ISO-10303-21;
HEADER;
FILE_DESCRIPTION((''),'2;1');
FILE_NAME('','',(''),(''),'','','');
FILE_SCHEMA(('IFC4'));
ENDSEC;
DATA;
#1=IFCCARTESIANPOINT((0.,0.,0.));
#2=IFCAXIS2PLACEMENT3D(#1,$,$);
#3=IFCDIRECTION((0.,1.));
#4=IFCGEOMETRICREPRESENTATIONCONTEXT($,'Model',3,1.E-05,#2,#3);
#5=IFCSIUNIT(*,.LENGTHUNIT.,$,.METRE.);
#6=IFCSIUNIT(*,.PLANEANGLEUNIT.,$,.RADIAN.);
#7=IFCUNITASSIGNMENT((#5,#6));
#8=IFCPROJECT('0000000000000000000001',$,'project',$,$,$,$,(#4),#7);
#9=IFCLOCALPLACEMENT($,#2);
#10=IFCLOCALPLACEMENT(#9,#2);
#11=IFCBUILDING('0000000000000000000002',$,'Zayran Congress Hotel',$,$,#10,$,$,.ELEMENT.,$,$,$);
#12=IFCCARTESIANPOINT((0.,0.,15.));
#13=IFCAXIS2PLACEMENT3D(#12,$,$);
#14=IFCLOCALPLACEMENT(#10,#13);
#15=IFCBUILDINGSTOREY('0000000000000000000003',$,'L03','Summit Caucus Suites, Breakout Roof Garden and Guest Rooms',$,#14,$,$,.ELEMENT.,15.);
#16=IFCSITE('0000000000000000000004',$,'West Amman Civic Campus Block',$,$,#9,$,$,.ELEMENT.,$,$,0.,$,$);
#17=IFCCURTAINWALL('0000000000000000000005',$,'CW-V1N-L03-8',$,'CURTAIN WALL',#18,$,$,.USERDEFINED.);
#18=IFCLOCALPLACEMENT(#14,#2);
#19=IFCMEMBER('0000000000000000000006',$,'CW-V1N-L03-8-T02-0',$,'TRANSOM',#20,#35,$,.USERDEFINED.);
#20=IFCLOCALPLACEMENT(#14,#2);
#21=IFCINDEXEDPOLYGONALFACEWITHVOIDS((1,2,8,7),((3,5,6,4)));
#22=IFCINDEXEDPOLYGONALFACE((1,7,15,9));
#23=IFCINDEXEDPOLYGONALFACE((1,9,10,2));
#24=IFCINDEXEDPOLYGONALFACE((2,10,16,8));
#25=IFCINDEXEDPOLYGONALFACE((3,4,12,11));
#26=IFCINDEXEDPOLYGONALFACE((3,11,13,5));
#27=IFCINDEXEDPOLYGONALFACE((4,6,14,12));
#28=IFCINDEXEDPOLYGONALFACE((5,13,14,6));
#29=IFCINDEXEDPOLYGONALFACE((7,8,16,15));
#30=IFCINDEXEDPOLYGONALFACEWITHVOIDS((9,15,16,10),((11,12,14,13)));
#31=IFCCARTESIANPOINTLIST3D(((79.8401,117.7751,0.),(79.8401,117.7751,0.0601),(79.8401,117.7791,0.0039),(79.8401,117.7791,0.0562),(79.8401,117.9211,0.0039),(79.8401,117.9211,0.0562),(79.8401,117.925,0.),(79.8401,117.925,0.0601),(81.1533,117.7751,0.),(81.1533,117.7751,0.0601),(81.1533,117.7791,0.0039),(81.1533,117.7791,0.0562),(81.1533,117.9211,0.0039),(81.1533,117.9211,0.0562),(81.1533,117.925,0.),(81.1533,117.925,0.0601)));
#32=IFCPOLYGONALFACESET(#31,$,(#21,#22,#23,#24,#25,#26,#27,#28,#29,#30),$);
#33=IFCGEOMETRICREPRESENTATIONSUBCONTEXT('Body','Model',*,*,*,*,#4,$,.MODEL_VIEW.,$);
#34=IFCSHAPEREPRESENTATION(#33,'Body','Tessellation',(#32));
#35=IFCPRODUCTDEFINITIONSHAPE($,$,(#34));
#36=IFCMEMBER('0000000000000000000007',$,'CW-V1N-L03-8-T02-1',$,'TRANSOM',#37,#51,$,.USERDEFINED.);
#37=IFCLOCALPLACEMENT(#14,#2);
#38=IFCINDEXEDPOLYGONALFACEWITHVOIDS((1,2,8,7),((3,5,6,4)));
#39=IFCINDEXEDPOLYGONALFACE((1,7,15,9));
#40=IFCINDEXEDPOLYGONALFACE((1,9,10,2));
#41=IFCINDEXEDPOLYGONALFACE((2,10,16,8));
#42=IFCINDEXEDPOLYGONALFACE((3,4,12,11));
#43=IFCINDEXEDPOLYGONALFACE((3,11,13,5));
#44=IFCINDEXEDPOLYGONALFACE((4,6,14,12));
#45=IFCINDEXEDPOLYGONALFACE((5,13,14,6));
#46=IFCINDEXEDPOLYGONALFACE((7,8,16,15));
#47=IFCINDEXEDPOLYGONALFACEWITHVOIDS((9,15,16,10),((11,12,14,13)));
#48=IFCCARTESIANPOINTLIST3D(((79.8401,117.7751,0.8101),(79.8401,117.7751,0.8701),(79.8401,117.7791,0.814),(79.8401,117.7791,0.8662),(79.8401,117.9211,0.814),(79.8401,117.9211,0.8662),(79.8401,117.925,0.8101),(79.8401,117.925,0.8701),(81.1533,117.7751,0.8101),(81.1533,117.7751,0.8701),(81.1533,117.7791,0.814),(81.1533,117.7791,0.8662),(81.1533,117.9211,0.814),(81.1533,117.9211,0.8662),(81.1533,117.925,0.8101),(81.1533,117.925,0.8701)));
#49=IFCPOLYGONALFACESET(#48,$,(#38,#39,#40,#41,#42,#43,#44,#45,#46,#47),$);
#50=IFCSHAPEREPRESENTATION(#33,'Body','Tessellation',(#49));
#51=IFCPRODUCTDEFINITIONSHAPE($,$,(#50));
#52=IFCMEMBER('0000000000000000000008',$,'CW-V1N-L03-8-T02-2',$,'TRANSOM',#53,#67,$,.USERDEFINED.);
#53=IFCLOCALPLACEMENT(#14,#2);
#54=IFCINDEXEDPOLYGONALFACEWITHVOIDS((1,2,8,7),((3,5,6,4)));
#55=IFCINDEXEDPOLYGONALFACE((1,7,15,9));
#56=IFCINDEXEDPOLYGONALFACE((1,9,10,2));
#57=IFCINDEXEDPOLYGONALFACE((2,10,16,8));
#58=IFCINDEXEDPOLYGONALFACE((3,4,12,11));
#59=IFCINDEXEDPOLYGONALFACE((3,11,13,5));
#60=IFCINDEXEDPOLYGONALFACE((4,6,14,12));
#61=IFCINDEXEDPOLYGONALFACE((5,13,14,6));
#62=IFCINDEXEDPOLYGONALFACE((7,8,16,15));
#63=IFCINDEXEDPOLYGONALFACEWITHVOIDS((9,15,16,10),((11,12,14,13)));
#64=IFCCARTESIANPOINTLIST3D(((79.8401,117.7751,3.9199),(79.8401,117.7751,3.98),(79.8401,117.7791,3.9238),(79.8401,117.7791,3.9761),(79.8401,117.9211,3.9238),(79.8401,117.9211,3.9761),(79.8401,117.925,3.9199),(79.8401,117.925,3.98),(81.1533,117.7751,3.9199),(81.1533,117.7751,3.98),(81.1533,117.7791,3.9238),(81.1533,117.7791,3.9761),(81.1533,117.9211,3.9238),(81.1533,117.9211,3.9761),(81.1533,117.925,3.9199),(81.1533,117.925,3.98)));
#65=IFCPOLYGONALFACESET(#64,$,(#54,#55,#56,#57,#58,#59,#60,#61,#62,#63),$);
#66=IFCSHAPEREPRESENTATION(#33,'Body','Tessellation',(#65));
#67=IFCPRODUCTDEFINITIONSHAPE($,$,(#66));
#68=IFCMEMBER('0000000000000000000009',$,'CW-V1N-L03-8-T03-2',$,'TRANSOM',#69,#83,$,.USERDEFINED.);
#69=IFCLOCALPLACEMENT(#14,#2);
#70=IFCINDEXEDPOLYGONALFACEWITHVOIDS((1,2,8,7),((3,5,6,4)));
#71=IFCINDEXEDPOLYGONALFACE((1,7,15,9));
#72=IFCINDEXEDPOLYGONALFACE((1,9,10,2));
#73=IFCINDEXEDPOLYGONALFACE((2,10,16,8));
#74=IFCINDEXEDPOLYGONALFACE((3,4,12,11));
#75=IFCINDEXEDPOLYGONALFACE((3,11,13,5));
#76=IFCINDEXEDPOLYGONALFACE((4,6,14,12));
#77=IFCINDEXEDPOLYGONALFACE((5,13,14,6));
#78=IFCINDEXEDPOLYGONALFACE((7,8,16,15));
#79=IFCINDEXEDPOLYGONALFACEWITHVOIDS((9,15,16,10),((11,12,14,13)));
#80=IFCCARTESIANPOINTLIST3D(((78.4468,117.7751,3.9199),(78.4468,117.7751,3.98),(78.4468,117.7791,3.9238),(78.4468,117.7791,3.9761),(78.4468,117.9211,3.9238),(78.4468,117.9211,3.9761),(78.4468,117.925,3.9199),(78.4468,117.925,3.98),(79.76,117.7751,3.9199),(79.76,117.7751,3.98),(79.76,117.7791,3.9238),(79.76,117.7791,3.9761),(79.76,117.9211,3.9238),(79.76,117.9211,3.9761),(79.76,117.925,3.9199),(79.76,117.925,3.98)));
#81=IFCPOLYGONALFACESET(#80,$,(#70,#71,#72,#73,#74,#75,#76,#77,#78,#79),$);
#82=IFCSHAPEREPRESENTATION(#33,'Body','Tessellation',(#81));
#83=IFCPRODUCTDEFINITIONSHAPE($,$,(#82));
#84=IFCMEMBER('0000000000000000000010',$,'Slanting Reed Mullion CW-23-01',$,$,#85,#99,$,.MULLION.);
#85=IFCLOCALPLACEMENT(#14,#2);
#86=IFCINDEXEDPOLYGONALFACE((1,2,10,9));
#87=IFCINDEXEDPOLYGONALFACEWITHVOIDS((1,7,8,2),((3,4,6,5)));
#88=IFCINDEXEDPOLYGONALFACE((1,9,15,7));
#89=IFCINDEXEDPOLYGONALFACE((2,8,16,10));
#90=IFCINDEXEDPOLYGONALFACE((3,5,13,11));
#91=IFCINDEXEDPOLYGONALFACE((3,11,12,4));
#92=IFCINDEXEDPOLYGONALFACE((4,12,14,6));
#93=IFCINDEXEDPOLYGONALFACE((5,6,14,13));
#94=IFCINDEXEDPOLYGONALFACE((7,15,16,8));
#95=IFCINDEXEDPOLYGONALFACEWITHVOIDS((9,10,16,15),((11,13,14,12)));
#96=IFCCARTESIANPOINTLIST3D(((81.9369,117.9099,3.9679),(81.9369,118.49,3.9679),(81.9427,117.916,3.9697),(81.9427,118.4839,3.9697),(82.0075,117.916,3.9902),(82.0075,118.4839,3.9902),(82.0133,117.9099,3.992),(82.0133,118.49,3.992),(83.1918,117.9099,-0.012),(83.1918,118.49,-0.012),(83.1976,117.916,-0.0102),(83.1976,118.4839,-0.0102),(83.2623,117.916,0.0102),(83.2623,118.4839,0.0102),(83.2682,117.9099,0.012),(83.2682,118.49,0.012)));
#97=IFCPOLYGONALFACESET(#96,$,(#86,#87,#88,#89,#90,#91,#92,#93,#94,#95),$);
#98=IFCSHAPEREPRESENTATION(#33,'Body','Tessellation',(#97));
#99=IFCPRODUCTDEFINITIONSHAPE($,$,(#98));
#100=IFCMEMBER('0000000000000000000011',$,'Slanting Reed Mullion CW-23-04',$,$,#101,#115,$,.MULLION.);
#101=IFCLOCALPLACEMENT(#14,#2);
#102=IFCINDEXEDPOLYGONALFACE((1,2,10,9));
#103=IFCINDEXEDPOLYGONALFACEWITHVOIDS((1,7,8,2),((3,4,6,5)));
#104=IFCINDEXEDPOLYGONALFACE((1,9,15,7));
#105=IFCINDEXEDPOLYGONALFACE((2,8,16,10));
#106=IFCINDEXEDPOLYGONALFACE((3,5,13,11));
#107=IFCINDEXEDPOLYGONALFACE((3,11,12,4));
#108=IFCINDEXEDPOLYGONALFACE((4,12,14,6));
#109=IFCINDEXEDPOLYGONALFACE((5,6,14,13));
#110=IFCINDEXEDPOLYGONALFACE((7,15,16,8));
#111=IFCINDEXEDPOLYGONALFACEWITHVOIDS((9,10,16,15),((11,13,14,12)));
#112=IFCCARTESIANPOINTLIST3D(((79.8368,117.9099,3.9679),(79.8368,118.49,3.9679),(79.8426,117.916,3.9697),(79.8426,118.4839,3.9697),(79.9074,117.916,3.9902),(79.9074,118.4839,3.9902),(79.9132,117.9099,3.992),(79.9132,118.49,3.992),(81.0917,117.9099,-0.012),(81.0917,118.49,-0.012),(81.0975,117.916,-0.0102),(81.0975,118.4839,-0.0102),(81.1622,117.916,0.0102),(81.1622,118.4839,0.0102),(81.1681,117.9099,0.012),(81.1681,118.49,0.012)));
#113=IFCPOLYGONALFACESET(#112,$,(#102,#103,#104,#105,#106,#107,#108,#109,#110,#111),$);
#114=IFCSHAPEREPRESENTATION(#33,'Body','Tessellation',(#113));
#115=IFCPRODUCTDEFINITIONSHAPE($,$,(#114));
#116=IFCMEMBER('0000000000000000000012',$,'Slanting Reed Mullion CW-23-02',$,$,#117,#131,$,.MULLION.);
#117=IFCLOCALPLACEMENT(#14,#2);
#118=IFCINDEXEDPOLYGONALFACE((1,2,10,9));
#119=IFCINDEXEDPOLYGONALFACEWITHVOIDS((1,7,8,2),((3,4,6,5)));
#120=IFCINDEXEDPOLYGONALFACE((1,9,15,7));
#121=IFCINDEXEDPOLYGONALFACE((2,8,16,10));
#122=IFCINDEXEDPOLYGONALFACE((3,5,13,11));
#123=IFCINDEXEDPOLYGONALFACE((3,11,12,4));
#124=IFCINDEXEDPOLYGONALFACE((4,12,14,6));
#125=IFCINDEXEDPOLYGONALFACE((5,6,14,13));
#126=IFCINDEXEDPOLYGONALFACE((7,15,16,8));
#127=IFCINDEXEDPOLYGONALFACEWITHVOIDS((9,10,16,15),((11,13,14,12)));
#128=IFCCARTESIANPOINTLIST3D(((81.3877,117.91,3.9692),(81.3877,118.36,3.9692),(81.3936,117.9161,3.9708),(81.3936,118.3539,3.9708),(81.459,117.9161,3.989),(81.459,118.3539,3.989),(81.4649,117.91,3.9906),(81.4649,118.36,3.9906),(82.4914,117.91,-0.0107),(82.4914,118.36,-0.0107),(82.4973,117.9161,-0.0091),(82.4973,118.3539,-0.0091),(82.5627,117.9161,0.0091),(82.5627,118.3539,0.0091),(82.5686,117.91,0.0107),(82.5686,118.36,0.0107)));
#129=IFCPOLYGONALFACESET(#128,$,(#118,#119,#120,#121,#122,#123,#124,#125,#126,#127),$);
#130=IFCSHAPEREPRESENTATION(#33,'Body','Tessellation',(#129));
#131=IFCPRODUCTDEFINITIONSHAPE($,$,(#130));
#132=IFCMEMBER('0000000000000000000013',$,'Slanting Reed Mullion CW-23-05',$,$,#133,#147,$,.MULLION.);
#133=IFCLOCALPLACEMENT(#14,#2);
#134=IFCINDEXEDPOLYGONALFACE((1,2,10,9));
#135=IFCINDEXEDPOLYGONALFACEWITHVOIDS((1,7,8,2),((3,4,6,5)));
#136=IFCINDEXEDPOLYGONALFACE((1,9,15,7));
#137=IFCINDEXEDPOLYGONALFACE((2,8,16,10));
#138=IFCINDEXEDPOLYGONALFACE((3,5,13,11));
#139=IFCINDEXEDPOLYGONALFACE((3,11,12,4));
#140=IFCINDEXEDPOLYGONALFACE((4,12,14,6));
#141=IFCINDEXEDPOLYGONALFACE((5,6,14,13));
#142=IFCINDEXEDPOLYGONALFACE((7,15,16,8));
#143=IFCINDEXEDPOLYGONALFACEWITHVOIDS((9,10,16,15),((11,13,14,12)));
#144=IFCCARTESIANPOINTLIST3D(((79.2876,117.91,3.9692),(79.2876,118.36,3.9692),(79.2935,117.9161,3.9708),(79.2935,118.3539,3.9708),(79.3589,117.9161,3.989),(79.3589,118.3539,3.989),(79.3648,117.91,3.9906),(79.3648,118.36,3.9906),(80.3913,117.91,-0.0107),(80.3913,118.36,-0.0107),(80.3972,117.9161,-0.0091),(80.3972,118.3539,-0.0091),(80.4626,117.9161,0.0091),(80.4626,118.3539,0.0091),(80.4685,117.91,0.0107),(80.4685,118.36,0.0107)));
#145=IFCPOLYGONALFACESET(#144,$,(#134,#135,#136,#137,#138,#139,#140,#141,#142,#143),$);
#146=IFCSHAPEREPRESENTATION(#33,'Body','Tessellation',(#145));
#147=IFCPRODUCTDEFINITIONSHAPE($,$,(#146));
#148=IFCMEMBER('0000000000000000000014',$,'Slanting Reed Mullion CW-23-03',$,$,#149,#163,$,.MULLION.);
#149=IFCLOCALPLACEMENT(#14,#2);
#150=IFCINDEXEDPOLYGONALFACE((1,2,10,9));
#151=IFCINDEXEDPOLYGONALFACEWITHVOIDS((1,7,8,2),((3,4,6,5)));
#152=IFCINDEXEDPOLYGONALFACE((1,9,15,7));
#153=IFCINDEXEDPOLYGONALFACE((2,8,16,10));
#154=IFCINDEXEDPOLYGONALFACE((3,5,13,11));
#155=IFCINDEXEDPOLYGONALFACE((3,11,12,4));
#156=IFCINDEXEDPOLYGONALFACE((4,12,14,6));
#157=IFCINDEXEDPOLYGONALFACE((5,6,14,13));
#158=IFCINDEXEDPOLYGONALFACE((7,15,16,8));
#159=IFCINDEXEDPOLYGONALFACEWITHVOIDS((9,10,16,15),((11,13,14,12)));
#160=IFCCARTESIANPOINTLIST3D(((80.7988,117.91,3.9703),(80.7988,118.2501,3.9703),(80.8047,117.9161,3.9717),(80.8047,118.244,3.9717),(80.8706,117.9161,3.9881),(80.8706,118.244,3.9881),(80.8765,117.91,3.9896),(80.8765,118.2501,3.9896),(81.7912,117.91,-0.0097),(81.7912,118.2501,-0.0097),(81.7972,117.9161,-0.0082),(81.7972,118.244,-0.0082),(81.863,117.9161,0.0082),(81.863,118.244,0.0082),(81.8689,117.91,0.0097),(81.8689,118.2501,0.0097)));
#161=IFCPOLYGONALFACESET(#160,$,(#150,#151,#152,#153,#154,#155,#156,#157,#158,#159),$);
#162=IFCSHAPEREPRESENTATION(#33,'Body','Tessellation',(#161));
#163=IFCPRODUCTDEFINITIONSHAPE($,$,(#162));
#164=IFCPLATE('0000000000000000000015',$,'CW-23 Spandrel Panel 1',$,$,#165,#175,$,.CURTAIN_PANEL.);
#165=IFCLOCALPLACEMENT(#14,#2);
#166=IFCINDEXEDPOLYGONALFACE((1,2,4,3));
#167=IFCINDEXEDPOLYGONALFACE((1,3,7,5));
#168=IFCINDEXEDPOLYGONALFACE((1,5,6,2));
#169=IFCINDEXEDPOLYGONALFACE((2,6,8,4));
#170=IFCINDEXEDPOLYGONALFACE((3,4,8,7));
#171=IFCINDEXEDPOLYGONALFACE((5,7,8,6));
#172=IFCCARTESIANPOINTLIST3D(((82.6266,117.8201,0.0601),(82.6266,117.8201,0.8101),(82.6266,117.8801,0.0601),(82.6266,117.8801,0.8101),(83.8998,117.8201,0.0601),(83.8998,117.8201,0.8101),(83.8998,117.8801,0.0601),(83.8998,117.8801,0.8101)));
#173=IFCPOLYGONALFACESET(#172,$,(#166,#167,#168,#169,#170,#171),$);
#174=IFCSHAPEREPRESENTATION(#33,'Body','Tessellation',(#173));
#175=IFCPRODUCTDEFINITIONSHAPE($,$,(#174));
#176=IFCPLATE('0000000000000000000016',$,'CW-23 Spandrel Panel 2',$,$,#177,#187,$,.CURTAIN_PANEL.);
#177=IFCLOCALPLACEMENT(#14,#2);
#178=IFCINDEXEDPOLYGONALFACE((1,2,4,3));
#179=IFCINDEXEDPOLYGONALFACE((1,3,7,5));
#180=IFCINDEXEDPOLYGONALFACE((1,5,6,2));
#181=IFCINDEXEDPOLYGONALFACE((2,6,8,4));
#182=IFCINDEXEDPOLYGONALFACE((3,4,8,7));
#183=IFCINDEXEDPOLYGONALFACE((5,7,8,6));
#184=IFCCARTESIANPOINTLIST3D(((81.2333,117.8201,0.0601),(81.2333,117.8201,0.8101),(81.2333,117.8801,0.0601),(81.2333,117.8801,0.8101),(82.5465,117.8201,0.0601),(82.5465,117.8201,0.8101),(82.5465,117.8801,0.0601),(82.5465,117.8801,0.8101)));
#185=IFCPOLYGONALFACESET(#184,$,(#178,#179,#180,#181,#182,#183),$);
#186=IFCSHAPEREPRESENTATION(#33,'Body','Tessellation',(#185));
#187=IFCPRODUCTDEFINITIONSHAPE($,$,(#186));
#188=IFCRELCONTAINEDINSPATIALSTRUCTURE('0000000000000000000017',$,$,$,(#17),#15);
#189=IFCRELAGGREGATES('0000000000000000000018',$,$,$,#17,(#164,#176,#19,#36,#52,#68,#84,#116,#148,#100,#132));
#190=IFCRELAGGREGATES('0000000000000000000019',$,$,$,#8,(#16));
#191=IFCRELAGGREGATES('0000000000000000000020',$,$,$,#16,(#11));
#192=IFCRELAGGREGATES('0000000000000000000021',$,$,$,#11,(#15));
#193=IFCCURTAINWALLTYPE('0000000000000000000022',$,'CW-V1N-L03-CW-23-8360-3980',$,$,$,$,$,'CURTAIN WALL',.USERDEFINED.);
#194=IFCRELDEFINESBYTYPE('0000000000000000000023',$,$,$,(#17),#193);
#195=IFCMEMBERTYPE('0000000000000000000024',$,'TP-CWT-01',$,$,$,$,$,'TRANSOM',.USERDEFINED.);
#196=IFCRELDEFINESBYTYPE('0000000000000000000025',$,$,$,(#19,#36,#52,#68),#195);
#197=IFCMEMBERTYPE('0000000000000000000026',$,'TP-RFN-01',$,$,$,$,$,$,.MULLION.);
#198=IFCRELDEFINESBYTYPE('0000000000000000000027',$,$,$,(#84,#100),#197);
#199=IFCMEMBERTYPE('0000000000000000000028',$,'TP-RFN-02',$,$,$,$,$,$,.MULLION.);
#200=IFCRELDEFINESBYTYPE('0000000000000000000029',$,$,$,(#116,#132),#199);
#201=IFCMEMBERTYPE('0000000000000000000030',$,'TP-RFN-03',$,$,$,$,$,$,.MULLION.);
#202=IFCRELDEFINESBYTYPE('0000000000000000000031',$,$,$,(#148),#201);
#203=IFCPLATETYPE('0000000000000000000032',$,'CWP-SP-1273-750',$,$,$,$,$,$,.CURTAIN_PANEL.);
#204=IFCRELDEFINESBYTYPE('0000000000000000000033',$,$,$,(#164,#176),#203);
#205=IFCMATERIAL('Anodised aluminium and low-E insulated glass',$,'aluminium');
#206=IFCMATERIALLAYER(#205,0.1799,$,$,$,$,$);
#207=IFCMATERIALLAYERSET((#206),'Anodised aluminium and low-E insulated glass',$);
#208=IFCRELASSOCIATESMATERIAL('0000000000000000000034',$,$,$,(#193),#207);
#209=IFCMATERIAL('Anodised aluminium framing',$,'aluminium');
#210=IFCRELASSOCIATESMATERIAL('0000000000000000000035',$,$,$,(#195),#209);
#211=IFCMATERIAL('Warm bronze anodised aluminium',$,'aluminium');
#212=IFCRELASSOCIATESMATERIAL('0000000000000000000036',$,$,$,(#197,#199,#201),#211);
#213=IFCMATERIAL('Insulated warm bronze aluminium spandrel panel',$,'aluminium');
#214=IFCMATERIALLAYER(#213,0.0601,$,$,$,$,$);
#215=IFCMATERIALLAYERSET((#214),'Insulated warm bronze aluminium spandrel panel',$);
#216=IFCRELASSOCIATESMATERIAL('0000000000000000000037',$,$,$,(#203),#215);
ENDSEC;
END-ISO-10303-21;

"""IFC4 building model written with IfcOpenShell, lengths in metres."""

from ifc_helpers import new_model, si_unit, direction, frame, origin, origin_2d, place, context, subcontext, project, spatial, rectangle, hollow_rectangle, extrude, material, layer, layer_set, material_profile, profile_set, type_object, element, aggregate, save


model = new_model("IFC4")

# Units and contexts
model_context = context("Model", 3, precision=1e-05, world=origin(), true_north=direction((0.0, 1.0)))
body_context = subcontext(model_context, "Body", "Model", "MODEL_VIEW")
ifc_project = project(units=[si_unit("LENGTHUNIT", "METRE"), si_unit("PLANEANGLEUNIT", "RADIAN")], contexts=[model_context])

# Site, building, storey
site_placement = place(None, origin())
site = spatial("IfcSite", under=ifc_project, at=site_placement, Name="West Amman Civic Campus Block", CompositionType="ELEMENT", RefElevation=0.0)
building_placement = place(site_placement, origin())
building = spatial("IfcBuilding", under=site, at=building_placement, Name="Zayran Congress Hotel", CompositionType="ELEMENT")
storey_placement = place(building_placement, frame((0.0, 0.0, 15.0)))
storey = spatial("IfcBuildingStorey", under=building, at=storey_placement, Name="L03", Description="Summit Caucus Suites, Breakout Roof Garden and Guest Rooms", CompositionType="ELEMENT", Elevation=15.0)

# Curtain wall
ifc_material_1 = material(Name="Anodised aluminium and low-E insulated glass", Category="aluminium")
ifc_layer_1 = layer(ifc_material_1, 0.1799)
ifc_layer_set_1 = layer_set([ifc_layer_1], Name="Anodised aluminium and low-E insulated glass")
curtain_wall_type_1 = type_object("IfcCurtainWallType", Name="CW-V1N-L03-CW-23-8360-3980", ElementType="CURTAIN WALL", PredefinedType="USERDEFINED", material=ifc_layer_set_1)
curtain_wall_1_placement = place(storey_placement, origin())
curtain_wall_1 = element("IfcCurtainWall", 1, at=curtain_wall_1_placement, inside=storey, type_object=curtain_wall_type_1, Name="CW-V1N-L03-8", ObjectType="CURTAIN WALL", PredefinedType="USERDEFINED")
ifc_material_2 = material(Name="Anodised aluminium framing", Category="aluminium")

# Members
ifc_material_profile_1 = material_profile(ifc_material_2, hollow_rectangle(XDim=0.0601, YDim=0.1499, WallThickness=0.0039, at=origin_2d()), Name="RHS 150x60x4")
ifc_profile_set_1 = profile_set([ifc_material_profile_1], Name="Anodised aluminium framing")
member_type_1 = type_object("IfcMemberType", Name="TP-CWT-01", ElementType="TRANSOM", PredefinedType="USERDEFINED", material=ifc_profile_set_1)
member_1_placement = place(storey_placement, frame((81.1533, 117.8501, 0.03), z_axis=(-1.0, 0.0, 0.0), x_axis=(0.0, 0.0, 1.0)))
member_1 = element("IfcMember", 2, at=member_1_placement, type_object=member_type_1, Name="CW-V1N-L03-8-T02-0", ObjectType="TRANSOM", PredefinedType="USERDEFINED", context=body_context, shape_type="SweptSolid", body=[
    extrude(hollow_rectangle(XDim=0.0601, YDim=0.1499, WallThickness=0.0039, at=origin_2d()), origin(), (0.0, 0.0, 1.0), 1.3132),
])
member_2_placement = place(storey_placement, frame((81.1533, 117.8501, 0.8401), z_axis=(-1.0, 0.0, 0.0), x_axis=(0.0, 0.0, 1.0)))
member_2 = element("IfcMember", 3, at=member_2_placement, type_object=member_type_1, Name="CW-V1N-L03-8-T02-1", ObjectType="TRANSOM", PredefinedType="USERDEFINED", context=body_context, shape_type="SweptSolid", body=[
    extrude(hollow_rectangle(XDim=0.0601, YDim=0.1499, WallThickness=0.0039, at=origin_2d()), origin(), (0.0, 0.0, 1.0), 1.3132),
])
member_3_placement = place(storey_placement, frame((81.1533, 117.8501, 3.95), z_axis=(-1.0, 0.0, 0.0), x_axis=(0.0, 0.0, 1.0)))
member_3 = element("IfcMember", 4, at=member_3_placement, type_object=member_type_1, Name="CW-V1N-L03-8-T02-2", ObjectType="TRANSOM", PredefinedType="USERDEFINED", context=body_context, shape_type="SweptSolid", body=[
    extrude(hollow_rectangle(XDim=0.0601, YDim=0.1499, WallThickness=0.0039, at=origin_2d()), origin(), (0.0, 0.0, 1.0), 1.3132),
])
member_4_placement = place(storey_placement, frame((79.76, 117.8501, 3.95), z_axis=(-1.0, 0.0, 0.0), x_axis=(0.0, 0.0, 1.0)))
member_4 = element("IfcMember", 5, at=member_4_placement, type_object=member_type_1, Name="CW-V1N-L03-8-T03-2", ObjectType="TRANSOM", PredefinedType="USERDEFINED", context=body_context, shape_type="SweptSolid", body=[
    extrude(hollow_rectangle(XDim=0.0601, YDim=0.1499, WallThickness=0.0039, at=origin_2d()), origin(), (0.0, 0.0, 1.0), 1.3132),
])
ifc_material_3 = material(Name="Warm bronze anodised aluminium", Category="aluminium")
ifc_material_profile_2 = material_profile(ifc_material_3, hollow_rectangle(XDim=0.0801, YDim=0.5801, WallThickness=0.0061, at=origin_2d()), Name="RHS 580x80x6")
ifc_profile_set_2 = profile_set([ifc_material_profile_2], Name="Warm bronze anodised aluminium")
member_type_2 = type_object("IfcMemberType", Name="TP-RFN-01", PredefinedType="MULLION", material=ifc_profile_set_2)
member_5_placement = place(storey_placement, frame((83.23, 118.2, 0.0), z_axis=(-0.300706, 0.0, 0.953717), x_axis=(0.953717, 0.0, 0.300706)))
member_5 = element("IfcMember", 6, at=member_5_placement, type_object=member_type_2, Name="Slanting Reed Mullion CW-23-01", PredefinedType="MULLION", context=body_context, shape_type="SweptSolid", body=[
    extrude(hollow_rectangle(XDim=0.0801, YDim=0.5801, WallThickness=0.0061, at=origin_2d()), origin(), (0.0, 0.0, 1.0), 4.1731),
])
member_6_placement = place(storey_placement, frame((81.1299, 118.2, 0.0), z_axis=(-0.300706, 0.0, 0.953717), x_axis=(0.953717, 0.0, 0.300706)))
member_6 = element("IfcMember", 7, at=member_6_placement, type_object=member_type_2, Name="Slanting Reed Mullion CW-23-04", PredefinedType="MULLION", context=body_context, shape_type="SweptSolid", body=[
    extrude(hollow_rectangle(XDim=0.0801, YDim=0.5801, WallThickness=0.0061, at=origin_2d()), origin(), (0.0, 0.0, 1.0), 4.1731),
])
ifc_material_profile_3 = material_profile(ifc_material_3, hollow_rectangle(XDim=0.0801, YDim=0.45, WallThickness=0.0061, at=origin_2d()), Name="RHS 450x80x6")
ifc_profile_set_3 = profile_set([ifc_material_profile_3], Name="Warm bronze anodised aluminium")
member_type_3 = type_object("IfcMemberType", Name="TP-RFN-02", PredefinedType="MULLION", material=ifc_profile_set_3)
member_7_placement = place(storey_placement, frame((82.53, 118.135, 0.0), z_axis=(-0.267241, 0.0, 0.96363), x_axis=(0.96363, 0.0, 0.267241)))
member_7 = element("IfcMember", 8, at=member_7_placement, type_object=member_type_3, Name="Slanting Reed Mullion CW-23-02", PredefinedType="MULLION", context=body_context, shape_type="SweptSolid", body=[
    extrude(hollow_rectangle(XDim=0.0801, YDim=0.45, WallThickness=0.0061, at=origin_2d()), origin(), (0.0, 0.0, 1.0), 4.1301),
])
member_8_placement = place(storey_placement, frame((80.4299, 118.135, 0.0), z_axis=(-0.267241, 0.0, 0.96363), x_axis=(0.96363, 0.0, 0.267241)))
member_8 = element("IfcMember", 9, at=member_8_placement, type_object=member_type_3, Name="Slanting Reed Mullion CW-23-05", PredefinedType="MULLION", context=body_context, shape_type="SweptSolid", body=[
    extrude(hollow_rectangle(XDim=0.0801, YDim=0.45, WallThickness=0.0061, at=origin_2d()), origin(), (0.0, 0.0, 1.0), 4.1301),
])
ifc_material_profile_4 = material_profile(ifc_material_3, hollow_rectangle(XDim=0.0801, YDim=0.3401, WallThickness=0.0061, at=origin_2d()), Name="RHS 340x80x6")
ifc_profile_set_4 = profile_set([ifc_material_profile_4], Name="Warm bronze anodised aluminium")
member_type_4 = type_object("IfcMemberType", Name="TP-RFN-03", PredefinedType="MULLION", material=ifc_profile_set_4)
member_9_placement = place(storey_placement, frame((81.8301, 118.0801, 0.0), z_axis=(-0.241947, 0.0, 0.970289), x_axis=(0.970289, 0.0, 0.241947)))
member_9 = element("IfcMember", 10, at=member_9_placement, type_object=member_type_4, Name="Slanting Reed Mullion CW-23-03", PredefinedType="MULLION", context=body_context, shape_type="SweptSolid", body=[
    extrude(hollow_rectangle(XDim=0.0801, YDim=0.3401, WallThickness=0.0061, at=origin_2d()), origin(), (0.0, 0.0, 1.0), 4.1018),
])

# Plates
ifc_material_4 = material(Name="Insulated warm bronze aluminium spandrel panel", Category="aluminium")
ifc_layer_2 = layer(ifc_material_4, 0.0601)
ifc_layer_set_2 = layer_set([ifc_layer_2], Name="Insulated warm bronze aluminium spandrel panel")
plate_type_1 = type_object("IfcPlateType", Name="CWP-SP-1273-750", PredefinedType="CURTAIN_PANEL", material=ifc_layer_set_2)
plate_1_placement = place(storey_placement, frame((83.2632, 117.8501, 0.0601), z_axis=(0.0, 0.0, 1.0), x_axis=(1.0, 0.0, 0.0)))
plate_1 = element("IfcPlate", 11, at=plate_1_placement, type_object=plate_type_1, Name="CW-23 Spandrel Panel 1", PredefinedType="CURTAIN_PANEL", context=body_context, shape_type="SweptSolid", body=[
    extrude(rectangle(XDim=1.2732, YDim=0.0601, at=origin_2d()), origin(), (0.0, 0.0, 1.0), 0.75),
])
plate_2_placement = place(storey_placement, frame((81.8899, 117.8501, 0.0601), z_axis=(0.0, 0.0, 1.0), x_axis=(1.0, 0.0, 0.0)))
plate_2 = element("IfcPlate", 12, at=plate_2_placement, type_object=plate_type_1, Name="CW-23 Spandrel Panel 2", PredefinedType="CURTAIN_PANEL", context=body_context, shape_type="SweptSolid", body=[
    extrude(rectangle(XDim=1.3132, YDim=0.0601, at=origin_2d()), origin(), (0.0, 0.0, 1.0), 0.75),
])
aggregate(curtain_wall_1, [plate_1, plate_2, member_1, member_2, member_3, member_4, member_5, member_7, member_9, member_6, member_8])

save(model, "model.ifc")
